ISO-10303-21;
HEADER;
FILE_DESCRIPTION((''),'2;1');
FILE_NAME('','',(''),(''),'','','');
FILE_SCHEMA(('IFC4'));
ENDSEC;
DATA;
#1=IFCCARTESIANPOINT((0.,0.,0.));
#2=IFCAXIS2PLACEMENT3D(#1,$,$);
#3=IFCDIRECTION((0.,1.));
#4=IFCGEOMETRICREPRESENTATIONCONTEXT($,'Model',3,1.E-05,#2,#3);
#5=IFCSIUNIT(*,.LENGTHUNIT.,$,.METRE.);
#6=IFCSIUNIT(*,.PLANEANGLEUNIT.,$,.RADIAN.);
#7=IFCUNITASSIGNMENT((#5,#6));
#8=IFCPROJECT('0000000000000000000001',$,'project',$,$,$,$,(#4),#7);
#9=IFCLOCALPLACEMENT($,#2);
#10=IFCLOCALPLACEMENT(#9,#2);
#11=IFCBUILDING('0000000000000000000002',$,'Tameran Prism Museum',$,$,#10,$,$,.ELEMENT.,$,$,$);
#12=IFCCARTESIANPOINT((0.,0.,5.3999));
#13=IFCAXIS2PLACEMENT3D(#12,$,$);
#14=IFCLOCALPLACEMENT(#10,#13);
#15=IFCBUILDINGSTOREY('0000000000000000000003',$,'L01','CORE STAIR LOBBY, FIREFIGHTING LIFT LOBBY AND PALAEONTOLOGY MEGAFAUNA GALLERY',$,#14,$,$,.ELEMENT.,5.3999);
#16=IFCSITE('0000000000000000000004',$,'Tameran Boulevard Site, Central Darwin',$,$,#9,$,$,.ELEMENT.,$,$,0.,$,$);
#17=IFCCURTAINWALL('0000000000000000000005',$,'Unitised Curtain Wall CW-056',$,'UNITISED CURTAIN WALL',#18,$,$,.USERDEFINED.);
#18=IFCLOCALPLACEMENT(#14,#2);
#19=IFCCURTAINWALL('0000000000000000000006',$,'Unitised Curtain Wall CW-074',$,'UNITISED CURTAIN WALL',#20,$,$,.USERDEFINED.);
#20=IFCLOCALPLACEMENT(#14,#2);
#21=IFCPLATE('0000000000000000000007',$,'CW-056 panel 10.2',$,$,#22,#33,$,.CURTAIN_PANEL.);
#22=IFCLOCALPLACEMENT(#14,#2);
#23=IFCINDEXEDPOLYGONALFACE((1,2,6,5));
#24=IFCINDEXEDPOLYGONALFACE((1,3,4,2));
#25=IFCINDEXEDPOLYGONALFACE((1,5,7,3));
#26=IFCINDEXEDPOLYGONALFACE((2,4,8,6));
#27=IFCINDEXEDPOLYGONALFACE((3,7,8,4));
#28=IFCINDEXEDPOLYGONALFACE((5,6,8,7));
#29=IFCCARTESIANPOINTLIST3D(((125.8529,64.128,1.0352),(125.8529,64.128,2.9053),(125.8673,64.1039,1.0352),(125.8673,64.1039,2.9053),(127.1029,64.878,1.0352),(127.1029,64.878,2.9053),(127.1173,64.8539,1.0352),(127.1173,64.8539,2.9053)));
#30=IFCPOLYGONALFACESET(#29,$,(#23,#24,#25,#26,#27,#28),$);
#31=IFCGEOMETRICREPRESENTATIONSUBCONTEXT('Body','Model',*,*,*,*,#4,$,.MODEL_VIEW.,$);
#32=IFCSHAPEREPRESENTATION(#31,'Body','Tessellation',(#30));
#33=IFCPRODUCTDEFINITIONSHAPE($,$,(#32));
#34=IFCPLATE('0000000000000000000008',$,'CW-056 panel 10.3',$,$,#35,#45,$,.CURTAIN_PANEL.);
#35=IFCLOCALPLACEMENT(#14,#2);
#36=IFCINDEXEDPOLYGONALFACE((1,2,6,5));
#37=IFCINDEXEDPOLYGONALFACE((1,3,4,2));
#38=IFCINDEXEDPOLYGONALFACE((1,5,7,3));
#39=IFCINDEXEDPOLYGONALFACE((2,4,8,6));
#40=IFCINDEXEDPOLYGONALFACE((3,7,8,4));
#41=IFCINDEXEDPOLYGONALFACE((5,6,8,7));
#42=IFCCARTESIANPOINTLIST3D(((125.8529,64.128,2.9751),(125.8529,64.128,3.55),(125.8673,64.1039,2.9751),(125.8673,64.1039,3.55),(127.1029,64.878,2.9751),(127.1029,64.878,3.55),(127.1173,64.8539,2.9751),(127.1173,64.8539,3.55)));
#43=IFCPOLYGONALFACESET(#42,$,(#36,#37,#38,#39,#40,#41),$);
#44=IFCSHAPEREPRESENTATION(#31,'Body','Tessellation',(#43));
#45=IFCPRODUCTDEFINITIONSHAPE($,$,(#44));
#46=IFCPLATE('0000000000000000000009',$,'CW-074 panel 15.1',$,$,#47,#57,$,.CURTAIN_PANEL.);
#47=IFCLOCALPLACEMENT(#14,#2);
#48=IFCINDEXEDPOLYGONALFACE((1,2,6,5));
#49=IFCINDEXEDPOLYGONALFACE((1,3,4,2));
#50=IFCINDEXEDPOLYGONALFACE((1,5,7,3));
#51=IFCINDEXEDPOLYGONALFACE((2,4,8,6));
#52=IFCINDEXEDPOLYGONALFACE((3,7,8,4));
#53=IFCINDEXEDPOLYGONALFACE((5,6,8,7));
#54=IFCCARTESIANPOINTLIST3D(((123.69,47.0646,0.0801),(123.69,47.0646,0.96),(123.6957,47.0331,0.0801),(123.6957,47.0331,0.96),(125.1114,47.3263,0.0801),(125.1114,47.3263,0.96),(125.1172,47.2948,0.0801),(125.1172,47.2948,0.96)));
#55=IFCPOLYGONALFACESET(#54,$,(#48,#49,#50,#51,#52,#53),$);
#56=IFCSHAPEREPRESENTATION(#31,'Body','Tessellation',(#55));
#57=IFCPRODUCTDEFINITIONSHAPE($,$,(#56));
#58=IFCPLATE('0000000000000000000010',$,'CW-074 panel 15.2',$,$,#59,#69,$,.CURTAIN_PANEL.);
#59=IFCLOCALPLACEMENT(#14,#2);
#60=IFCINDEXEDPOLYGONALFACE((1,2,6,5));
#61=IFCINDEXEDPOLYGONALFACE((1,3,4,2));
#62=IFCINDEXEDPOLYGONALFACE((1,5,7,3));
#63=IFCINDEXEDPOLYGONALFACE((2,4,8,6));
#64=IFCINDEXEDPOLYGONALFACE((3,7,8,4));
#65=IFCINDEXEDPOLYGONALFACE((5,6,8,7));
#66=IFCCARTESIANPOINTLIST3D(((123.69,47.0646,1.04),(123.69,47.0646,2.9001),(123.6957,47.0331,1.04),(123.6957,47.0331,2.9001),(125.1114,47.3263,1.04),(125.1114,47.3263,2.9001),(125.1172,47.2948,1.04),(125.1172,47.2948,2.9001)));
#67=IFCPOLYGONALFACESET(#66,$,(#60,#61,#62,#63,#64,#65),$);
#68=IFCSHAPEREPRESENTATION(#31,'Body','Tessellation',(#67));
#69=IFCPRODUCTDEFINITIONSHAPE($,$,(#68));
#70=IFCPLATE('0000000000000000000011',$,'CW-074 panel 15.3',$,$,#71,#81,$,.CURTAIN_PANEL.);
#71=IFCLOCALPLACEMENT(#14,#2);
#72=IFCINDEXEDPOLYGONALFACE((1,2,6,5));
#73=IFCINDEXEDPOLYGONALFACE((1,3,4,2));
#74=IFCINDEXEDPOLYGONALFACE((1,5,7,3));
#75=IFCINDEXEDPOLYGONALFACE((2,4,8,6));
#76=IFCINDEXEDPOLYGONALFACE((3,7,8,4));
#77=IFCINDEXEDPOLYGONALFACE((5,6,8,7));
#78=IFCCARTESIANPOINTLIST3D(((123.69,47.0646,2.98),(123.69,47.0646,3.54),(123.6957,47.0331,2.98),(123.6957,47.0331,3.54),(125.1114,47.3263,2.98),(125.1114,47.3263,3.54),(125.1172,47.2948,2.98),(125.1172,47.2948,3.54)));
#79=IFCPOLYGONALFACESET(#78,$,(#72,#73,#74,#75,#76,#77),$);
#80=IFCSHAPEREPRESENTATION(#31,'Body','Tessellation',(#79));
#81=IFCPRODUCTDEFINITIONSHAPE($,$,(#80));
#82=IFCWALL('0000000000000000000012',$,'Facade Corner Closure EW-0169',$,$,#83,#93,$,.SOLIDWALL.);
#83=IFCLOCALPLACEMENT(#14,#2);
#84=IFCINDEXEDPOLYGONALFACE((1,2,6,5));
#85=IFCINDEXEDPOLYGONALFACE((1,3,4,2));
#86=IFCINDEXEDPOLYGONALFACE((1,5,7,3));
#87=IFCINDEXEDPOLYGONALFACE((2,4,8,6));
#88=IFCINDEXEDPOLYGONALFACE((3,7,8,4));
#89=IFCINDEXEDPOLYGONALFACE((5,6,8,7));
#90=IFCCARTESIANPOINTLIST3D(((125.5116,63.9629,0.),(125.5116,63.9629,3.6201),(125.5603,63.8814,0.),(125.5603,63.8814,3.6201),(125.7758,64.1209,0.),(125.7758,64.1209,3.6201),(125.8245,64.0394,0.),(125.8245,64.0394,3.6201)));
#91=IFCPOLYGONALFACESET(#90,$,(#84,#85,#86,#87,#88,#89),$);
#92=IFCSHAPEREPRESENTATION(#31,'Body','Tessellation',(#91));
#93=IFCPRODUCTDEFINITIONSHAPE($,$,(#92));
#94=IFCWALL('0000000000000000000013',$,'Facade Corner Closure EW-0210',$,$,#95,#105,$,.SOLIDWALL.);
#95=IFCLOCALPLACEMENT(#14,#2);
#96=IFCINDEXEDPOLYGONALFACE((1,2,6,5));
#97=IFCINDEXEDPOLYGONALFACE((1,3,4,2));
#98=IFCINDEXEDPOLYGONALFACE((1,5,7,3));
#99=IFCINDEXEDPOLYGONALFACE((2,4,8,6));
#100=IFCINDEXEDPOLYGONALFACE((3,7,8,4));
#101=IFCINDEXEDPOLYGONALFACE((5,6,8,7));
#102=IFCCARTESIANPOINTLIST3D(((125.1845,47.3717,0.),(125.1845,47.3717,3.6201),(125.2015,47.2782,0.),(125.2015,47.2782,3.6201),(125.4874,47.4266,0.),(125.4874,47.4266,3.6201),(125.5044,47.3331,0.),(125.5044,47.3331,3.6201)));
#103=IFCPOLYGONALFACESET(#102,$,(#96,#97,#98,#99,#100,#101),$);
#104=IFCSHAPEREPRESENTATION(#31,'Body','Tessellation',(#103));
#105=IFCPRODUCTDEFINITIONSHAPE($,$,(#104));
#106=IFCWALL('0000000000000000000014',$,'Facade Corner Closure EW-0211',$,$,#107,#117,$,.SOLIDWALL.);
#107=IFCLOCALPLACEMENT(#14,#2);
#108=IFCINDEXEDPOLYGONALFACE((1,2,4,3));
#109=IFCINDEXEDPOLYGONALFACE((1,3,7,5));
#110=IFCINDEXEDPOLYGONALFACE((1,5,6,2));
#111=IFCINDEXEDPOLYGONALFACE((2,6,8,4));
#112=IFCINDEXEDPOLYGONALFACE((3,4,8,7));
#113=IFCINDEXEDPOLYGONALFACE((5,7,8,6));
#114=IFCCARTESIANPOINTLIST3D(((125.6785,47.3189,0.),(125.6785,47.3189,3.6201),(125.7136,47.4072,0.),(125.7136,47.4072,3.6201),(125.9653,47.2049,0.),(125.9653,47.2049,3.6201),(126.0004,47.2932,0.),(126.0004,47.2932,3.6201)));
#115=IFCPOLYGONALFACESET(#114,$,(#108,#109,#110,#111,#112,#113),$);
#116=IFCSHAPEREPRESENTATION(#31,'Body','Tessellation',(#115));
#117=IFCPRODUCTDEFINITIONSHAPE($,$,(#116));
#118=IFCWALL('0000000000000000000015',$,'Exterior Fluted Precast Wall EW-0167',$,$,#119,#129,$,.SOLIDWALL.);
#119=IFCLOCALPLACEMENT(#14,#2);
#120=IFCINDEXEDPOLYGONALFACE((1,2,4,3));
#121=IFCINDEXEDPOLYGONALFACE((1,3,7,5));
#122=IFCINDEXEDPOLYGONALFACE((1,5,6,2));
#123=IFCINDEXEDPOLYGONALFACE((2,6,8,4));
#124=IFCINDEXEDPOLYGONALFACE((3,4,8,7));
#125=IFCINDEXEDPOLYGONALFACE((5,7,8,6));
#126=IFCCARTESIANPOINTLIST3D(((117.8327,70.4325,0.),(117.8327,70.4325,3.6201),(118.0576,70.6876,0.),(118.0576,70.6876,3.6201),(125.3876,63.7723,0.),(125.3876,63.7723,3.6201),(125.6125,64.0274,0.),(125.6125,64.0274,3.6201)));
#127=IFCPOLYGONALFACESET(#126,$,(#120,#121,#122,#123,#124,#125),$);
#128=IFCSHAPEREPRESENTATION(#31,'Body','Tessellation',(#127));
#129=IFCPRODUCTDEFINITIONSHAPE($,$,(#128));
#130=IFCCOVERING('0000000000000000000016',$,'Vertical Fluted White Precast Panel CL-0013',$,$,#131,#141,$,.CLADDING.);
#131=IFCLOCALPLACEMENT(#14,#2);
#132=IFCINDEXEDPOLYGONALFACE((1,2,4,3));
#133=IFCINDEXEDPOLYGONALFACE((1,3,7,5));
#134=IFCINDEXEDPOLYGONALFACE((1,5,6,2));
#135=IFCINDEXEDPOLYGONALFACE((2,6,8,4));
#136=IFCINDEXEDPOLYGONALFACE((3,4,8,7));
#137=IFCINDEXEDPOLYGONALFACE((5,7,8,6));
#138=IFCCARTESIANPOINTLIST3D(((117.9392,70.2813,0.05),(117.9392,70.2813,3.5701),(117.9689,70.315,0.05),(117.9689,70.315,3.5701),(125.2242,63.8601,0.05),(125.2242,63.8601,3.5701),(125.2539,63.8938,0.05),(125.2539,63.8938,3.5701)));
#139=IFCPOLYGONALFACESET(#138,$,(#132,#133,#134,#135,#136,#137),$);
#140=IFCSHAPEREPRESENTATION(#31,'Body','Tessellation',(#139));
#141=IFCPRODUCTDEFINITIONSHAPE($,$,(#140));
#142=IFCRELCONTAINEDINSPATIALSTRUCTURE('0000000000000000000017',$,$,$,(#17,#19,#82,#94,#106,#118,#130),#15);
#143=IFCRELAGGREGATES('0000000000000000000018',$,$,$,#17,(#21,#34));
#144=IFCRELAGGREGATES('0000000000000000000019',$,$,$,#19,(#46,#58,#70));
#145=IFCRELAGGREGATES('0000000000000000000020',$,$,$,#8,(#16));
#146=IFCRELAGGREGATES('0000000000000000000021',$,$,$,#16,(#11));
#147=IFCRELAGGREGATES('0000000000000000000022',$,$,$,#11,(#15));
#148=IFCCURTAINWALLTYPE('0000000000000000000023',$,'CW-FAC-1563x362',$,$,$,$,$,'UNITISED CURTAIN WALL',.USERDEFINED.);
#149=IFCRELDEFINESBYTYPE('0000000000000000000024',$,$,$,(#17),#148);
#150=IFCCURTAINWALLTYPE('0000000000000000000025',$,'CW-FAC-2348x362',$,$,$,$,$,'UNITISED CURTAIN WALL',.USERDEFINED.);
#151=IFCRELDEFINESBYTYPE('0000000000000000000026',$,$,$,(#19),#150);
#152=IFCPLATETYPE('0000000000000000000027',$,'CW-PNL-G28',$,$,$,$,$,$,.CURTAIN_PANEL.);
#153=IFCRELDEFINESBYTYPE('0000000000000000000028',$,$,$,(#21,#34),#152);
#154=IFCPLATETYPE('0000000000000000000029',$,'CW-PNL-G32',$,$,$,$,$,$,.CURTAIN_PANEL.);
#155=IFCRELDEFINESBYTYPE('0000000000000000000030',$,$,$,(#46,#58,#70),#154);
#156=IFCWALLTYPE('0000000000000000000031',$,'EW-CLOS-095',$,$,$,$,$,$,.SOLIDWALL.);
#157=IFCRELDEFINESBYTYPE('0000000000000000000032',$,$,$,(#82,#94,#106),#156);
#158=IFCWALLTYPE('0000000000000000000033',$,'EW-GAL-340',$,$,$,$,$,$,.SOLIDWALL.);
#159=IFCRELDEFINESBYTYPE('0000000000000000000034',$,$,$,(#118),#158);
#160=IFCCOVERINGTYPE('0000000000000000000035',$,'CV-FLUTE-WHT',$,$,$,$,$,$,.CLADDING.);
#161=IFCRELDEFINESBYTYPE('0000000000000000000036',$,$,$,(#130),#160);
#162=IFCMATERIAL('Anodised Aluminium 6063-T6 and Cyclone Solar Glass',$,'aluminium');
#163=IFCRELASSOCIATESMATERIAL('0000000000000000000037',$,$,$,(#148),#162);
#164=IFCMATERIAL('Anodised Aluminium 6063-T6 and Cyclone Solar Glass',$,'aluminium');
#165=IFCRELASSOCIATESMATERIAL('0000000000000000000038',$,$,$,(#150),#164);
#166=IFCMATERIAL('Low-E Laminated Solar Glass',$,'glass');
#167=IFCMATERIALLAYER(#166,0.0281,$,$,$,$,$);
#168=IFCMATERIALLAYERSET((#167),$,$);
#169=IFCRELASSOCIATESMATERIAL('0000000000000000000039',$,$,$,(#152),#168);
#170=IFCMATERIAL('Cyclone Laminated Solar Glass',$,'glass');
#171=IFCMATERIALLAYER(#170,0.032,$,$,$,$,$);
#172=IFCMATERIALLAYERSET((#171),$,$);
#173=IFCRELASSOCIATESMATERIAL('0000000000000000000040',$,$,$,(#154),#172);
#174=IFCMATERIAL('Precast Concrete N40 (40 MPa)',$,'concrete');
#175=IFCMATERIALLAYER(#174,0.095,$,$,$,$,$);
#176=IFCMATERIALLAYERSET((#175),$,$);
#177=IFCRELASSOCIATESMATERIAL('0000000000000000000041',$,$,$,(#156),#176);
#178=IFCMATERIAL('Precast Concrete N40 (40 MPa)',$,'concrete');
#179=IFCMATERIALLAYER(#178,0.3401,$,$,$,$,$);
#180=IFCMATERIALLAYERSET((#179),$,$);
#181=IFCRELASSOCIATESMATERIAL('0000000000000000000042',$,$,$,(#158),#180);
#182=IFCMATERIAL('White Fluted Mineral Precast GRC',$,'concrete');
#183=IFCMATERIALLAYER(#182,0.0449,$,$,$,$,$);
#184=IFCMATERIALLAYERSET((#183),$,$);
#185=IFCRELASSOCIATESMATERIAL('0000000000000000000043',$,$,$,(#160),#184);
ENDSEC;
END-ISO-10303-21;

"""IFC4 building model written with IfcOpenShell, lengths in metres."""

from ifc_helpers import new_model, si_unit, direction, frame, frame_2d, origin, origin_2d, place, context, subcontext, project, spatial, rectangle, extrude, material, layer, layer_set, type_object, element, aggregate, save


model = new_model("IFC4")

# Units and contexts
model_context = context("Model", 3, precision=1e-05, world=origin(), true_north=direction((0.0, 1.0)))
body_context = subcontext(model_context, "Body", "Model", "MODEL_VIEW")
ifc_project = project(units=[si_unit("LENGTHUNIT", "METRE"), si_unit("PLANEANGLEUNIT", "RADIAN")], contexts=[model_context])

# Site, building, storey
site_placement = place(None, origin())
site = spatial("IfcSite", under=ifc_project, at=site_placement, Name="Tameran Boulevard Site, Central Darwin", CompositionType="ELEMENT", RefElevation=0.0)
building_placement = place(site_placement, origin())
building = spatial("IfcBuilding", under=site, at=building_placement, Name="Tameran Prism Museum", CompositionType="ELEMENT")
storey_placement = place(building_placement, frame((0.0, 0.0, 5.3999)))
storey = spatial("IfcBuildingStorey", under=building, at=storey_placement, Name="L01", Description="CORE STAIR LOBBY, FIREFIGHTING LIFT LOBBY AND PALAEONTOLOGY MEGAFAUNA GALLERY", CompositionType="ELEMENT", Elevation=5.3999)

# Curtain walls
ifc_material_1 = material(Name="Anodised Aluminium 6063-T6 and Cyclone Solar Glass", Category="aluminium")
curtain_wall_type_1 = type_object("IfcCurtainWallType", Name="CW-FAC-1563x362", ElementType="UNITISED CURTAIN WALL", PredefinedType="USERDEFINED", material=ifc_material_1)
curtain_wall_1_placement = place(storey_placement, origin())
curtain_wall_1 = element("IfcCurtainWall", 1, at=curtain_wall_1_placement, inside=storey, type_object=curtain_wall_type_1, Name="Unitised Curtain Wall CW-056", ObjectType="UNITISED CURTAIN WALL", PredefinedType="USERDEFINED")
ifc_material_2 = material(Name="Anodised Aluminium 6063-T6 and Cyclone Solar Glass", Category="aluminium")
curtain_wall_type_2 = type_object("IfcCurtainWallType", Name="CW-FAC-2348x362", ElementType="UNITISED CURTAIN WALL", PredefinedType="USERDEFINED", material=ifc_material_2)
curtain_wall_2_placement = place(storey_placement, origin())
curtain_wall_2 = element("IfcCurtainWall", 2, at=curtain_wall_2_placement, inside=storey, type_object=curtain_wall_type_2, Name="Unitised Curtain Wall CW-074", ObjectType="UNITISED CURTAIN WALL", PredefinedType="USERDEFINED")

# Plates
ifc_material_3 = material(Name="Low-E Laminated Solar Glass", Category="glass")
ifc_layer_1 = layer(ifc_material_3, 0.0281)
ifc_layer_set_1 = layer_set([ifc_layer_1])
plate_type_1 = type_object("IfcPlateType", Name="CW-PNL-G28", PredefinedType="CURTAIN_PANEL", material=ifc_layer_set_1)
plate_1_placement = place(storey_placement, frame((126.4851, 64.491, 1.0352), z_axis=(0.0, 0.0, 1.0), x_axis=(-0.857493, -0.514496, 0.0)))
plate_1 = element("IfcPlate", 3, at=plate_1_placement, type_object=plate_type_1, Name="CW-056 panel 10.2", PredefinedType="CURTAIN_PANEL", context=body_context, shape_type="SweptSolid", body=[
    extrude(rectangle(XDim=1.4578, YDim=0.0281, at=origin_2d()), origin(), (0.0, 0.0, 1.0), 1.8701),
])
plate_2_placement = place(storey_placement, frame((126.4851, 64.491, 2.9751), z_axis=(0.0, 0.0, 1.0), x_axis=(-0.857493, -0.514496, 0.0)))
plate_2 = element("IfcPlate", 4, at=plate_2_placement, type_object=plate_type_1, Name="CW-056 panel 10.3", PredefinedType="CURTAIN_PANEL", context=body_context, shape_type="SweptSolid", body=[
    extrude(rectangle(XDim=1.4578, YDim=0.0281, at=origin_2d()), origin(), (0.0, 0.0, 1.0), 0.575),
])
aggregate(curtain_wall_1, [plate_1, plate_2])
ifc_material_4 = material(Name="Cyclone Laminated Solar Glass", Category="glass")
ifc_layer_2 = layer(ifc_material_4, 0.032)
ifc_layer_set_2 = layer_set([ifc_layer_2])
plate_type_2 = type_object("IfcPlateType", Name="CW-PNL-G32", PredefinedType="CURTAIN_PANEL", material=ifc_layer_set_2)
plate_3_placement = place(storey_placement, frame((124.4036, 47.1797, 0.0801), z_axis=(0.0, 0.0, 1.0), x_axis=(0.983472, 0.181063, 0.0)))
plate_3 = element("IfcPlate", 5, at=plate_3_placement, type_object=plate_type_2, Name="CW-074 panel 15.1", PredefinedType="CURTAIN_PANEL", context=body_context, shape_type="SweptSolid", body=[
    extrude(rectangle(XDim=1.4453, YDim=0.032, at=origin_2d()), origin(), (0.0, 0.0, 1.0), 0.8799),
])
plate_4_placement = place(storey_placement, frame((124.4036, 47.1797, 1.04), z_axis=(0.0, 0.0, 1.0), x_axis=(0.983472, 0.181063, 0.0)))
plate_4 = element("IfcPlate", 6, at=plate_4_placement, type_object=plate_type_2, Name="CW-074 panel 15.2", PredefinedType="CURTAIN_PANEL", context=body_context, shape_type="SweptSolid", body=[
    extrude(rectangle(XDim=1.4453, YDim=0.032, at=origin_2d()), origin(), (0.0, 0.0, 1.0), 1.8601),
])
plate_5_placement = place(storey_placement, frame((124.4036, 47.1797, 2.98), z_axis=(0.0, 0.0, 1.0), x_axis=(0.983472, 0.181063, 0.0)))
plate_5 = element("IfcPlate", 7, at=plate_5_placement, type_object=plate_type_2, Name="CW-074 panel 15.3", PredefinedType="CURTAIN_PANEL", context=body_context, shape_type="SweptSolid", body=[
    extrude(rectangle(XDim=1.4453, YDim=0.032, at=origin_2d()), origin(), (0.0, 0.0, 1.0), 0.5601),
])
aggregate(curtain_wall_2, [plate_3, plate_4, plate_5])

# Walls
ifc_material_5 = material(Name="Precast Concrete N40 (40 MPa)", Category="concrete")
ifc_layer_3 = layer(ifc_material_5, 0.095)
ifc_layer_set_3 = layer_set([ifc_layer_3])
wall_type_1 = type_object("IfcWallType", Name="EW-CLOS-095", PredefinedType="SOLIDWALL", material=ifc_layer_set_3)
for number, where, z_axis, x_axis, name in (
    (8, (125.8, 64.0801, 0.0), (0.0, 0.0, 1.0), (-0.858262, -0.513212, 0.0), "Facade Corner Closure EW-0169"),
    (9, (125.1931, 47.325, 0.0), (0.0, 0.0, 1.0), (0.983959, 0.178397, 0.0), "Facade Corner Closure EW-0210"),
):
    element("IfcWall", number, at=place(storey_placement, frame(where, z_axis=z_axis, x_axis=x_axis)), inside=storey, type_object=wall_type_1, Name=name, PredefinedType="SOLIDWALL", context=body_context, shape_type="SweptSolid", body=[
        extrude(rectangle(XDim=0.3079, YDim=0.095, at=frame_2d((0.1538, 0.0))), origin(), (0.0, 0.0, 1.0), 3.6201),
    ])
wall_1_placement = place(storey_placement, frame((125.696, 47.363, 0.0), z_axis=(0.0, 0.0, 1.0), x_axis=(0.929293, -0.369344, 0.0)))
element("IfcWall", 10, at=wall_1_placement, inside=storey, type_object=wall_type_1, Name="Facade Corner Closure EW-0211", PredefinedType="SOLIDWALL", context=body_context, shape_type="SweptSolid", body=[
    extrude(rectangle(XDim=0.3086, YDim=0.095, at=frame_2d((0.1543, 0.0))), origin(), (0.0, 0.0, 1.0), 3.6201),
])
ifc_material_6 = material(Name="Precast Concrete N40 (40 MPa)", Category="concrete")
ifc_layer_4 = layer(ifc_material_6, 0.3401)
ifc_layer_set_4 = layer_set([ifc_layer_4])
wall_type_2 = type_object("IfcWallType", Name="EW-GAL-340", PredefinedType="SOLIDWALL", material=ifc_layer_set_4)
wall_2_placement = place(storey_placement, frame((125.5, 63.8999, 0.0), z_axis=(0.0, 0.0, 1.0), x_axis=(-0.750131, 0.661289, 0.0)))
element("IfcWall", 11, at=wall_2_placement, inside=storey, type_object=wall_type_2, Name="Exterior Fluted Precast Wall EW-0167", PredefinedType="SOLIDWALL", context=body_context, shape_type="SweptSolid", body=[
    extrude(rectangle(XDim=10.0715, YDim=0.3401, at=frame_2d((5.0356, 0.0))), origin(), (0.0, 0.0, 1.0), 3.6201),
])

# Covering
ifc_material_7 = material(Name="White Fluted Mineral Precast GRC", Category="concrete")
ifc_layer_5 = layer(ifc_material_7, 0.0449)
ifc_layer_set_5 = layer_set([ifc_layer_5])
covering_type = type_object("IfcCoveringType", Name="CV-FLUTE-WHT", PredefinedType="CLADDING", material=ifc_layer_set_5)
covering_placement = place(storey_placement, frame((125.239, 63.877, 0.05), z_axis=(0.0, 0.0, 1.0), x_axis=(-0.750181, 0.661232, 0.0)))
element("IfcCovering", 12, at=covering_placement, inside=storey, type_object=covering_type, Name="Vertical Fluted White Precast Panel CL-0013", PredefinedType="CLADDING", context=body_context, shape_type="SweptSolid", body=[
    extrude(rectangle(XDim=9.7109, YDim=0.0449, at=frame_2d((4.8555, 0.0))), origin(), (0.0, 0.0, 1.0), 3.52),
])

save(model, "model.ifc")
